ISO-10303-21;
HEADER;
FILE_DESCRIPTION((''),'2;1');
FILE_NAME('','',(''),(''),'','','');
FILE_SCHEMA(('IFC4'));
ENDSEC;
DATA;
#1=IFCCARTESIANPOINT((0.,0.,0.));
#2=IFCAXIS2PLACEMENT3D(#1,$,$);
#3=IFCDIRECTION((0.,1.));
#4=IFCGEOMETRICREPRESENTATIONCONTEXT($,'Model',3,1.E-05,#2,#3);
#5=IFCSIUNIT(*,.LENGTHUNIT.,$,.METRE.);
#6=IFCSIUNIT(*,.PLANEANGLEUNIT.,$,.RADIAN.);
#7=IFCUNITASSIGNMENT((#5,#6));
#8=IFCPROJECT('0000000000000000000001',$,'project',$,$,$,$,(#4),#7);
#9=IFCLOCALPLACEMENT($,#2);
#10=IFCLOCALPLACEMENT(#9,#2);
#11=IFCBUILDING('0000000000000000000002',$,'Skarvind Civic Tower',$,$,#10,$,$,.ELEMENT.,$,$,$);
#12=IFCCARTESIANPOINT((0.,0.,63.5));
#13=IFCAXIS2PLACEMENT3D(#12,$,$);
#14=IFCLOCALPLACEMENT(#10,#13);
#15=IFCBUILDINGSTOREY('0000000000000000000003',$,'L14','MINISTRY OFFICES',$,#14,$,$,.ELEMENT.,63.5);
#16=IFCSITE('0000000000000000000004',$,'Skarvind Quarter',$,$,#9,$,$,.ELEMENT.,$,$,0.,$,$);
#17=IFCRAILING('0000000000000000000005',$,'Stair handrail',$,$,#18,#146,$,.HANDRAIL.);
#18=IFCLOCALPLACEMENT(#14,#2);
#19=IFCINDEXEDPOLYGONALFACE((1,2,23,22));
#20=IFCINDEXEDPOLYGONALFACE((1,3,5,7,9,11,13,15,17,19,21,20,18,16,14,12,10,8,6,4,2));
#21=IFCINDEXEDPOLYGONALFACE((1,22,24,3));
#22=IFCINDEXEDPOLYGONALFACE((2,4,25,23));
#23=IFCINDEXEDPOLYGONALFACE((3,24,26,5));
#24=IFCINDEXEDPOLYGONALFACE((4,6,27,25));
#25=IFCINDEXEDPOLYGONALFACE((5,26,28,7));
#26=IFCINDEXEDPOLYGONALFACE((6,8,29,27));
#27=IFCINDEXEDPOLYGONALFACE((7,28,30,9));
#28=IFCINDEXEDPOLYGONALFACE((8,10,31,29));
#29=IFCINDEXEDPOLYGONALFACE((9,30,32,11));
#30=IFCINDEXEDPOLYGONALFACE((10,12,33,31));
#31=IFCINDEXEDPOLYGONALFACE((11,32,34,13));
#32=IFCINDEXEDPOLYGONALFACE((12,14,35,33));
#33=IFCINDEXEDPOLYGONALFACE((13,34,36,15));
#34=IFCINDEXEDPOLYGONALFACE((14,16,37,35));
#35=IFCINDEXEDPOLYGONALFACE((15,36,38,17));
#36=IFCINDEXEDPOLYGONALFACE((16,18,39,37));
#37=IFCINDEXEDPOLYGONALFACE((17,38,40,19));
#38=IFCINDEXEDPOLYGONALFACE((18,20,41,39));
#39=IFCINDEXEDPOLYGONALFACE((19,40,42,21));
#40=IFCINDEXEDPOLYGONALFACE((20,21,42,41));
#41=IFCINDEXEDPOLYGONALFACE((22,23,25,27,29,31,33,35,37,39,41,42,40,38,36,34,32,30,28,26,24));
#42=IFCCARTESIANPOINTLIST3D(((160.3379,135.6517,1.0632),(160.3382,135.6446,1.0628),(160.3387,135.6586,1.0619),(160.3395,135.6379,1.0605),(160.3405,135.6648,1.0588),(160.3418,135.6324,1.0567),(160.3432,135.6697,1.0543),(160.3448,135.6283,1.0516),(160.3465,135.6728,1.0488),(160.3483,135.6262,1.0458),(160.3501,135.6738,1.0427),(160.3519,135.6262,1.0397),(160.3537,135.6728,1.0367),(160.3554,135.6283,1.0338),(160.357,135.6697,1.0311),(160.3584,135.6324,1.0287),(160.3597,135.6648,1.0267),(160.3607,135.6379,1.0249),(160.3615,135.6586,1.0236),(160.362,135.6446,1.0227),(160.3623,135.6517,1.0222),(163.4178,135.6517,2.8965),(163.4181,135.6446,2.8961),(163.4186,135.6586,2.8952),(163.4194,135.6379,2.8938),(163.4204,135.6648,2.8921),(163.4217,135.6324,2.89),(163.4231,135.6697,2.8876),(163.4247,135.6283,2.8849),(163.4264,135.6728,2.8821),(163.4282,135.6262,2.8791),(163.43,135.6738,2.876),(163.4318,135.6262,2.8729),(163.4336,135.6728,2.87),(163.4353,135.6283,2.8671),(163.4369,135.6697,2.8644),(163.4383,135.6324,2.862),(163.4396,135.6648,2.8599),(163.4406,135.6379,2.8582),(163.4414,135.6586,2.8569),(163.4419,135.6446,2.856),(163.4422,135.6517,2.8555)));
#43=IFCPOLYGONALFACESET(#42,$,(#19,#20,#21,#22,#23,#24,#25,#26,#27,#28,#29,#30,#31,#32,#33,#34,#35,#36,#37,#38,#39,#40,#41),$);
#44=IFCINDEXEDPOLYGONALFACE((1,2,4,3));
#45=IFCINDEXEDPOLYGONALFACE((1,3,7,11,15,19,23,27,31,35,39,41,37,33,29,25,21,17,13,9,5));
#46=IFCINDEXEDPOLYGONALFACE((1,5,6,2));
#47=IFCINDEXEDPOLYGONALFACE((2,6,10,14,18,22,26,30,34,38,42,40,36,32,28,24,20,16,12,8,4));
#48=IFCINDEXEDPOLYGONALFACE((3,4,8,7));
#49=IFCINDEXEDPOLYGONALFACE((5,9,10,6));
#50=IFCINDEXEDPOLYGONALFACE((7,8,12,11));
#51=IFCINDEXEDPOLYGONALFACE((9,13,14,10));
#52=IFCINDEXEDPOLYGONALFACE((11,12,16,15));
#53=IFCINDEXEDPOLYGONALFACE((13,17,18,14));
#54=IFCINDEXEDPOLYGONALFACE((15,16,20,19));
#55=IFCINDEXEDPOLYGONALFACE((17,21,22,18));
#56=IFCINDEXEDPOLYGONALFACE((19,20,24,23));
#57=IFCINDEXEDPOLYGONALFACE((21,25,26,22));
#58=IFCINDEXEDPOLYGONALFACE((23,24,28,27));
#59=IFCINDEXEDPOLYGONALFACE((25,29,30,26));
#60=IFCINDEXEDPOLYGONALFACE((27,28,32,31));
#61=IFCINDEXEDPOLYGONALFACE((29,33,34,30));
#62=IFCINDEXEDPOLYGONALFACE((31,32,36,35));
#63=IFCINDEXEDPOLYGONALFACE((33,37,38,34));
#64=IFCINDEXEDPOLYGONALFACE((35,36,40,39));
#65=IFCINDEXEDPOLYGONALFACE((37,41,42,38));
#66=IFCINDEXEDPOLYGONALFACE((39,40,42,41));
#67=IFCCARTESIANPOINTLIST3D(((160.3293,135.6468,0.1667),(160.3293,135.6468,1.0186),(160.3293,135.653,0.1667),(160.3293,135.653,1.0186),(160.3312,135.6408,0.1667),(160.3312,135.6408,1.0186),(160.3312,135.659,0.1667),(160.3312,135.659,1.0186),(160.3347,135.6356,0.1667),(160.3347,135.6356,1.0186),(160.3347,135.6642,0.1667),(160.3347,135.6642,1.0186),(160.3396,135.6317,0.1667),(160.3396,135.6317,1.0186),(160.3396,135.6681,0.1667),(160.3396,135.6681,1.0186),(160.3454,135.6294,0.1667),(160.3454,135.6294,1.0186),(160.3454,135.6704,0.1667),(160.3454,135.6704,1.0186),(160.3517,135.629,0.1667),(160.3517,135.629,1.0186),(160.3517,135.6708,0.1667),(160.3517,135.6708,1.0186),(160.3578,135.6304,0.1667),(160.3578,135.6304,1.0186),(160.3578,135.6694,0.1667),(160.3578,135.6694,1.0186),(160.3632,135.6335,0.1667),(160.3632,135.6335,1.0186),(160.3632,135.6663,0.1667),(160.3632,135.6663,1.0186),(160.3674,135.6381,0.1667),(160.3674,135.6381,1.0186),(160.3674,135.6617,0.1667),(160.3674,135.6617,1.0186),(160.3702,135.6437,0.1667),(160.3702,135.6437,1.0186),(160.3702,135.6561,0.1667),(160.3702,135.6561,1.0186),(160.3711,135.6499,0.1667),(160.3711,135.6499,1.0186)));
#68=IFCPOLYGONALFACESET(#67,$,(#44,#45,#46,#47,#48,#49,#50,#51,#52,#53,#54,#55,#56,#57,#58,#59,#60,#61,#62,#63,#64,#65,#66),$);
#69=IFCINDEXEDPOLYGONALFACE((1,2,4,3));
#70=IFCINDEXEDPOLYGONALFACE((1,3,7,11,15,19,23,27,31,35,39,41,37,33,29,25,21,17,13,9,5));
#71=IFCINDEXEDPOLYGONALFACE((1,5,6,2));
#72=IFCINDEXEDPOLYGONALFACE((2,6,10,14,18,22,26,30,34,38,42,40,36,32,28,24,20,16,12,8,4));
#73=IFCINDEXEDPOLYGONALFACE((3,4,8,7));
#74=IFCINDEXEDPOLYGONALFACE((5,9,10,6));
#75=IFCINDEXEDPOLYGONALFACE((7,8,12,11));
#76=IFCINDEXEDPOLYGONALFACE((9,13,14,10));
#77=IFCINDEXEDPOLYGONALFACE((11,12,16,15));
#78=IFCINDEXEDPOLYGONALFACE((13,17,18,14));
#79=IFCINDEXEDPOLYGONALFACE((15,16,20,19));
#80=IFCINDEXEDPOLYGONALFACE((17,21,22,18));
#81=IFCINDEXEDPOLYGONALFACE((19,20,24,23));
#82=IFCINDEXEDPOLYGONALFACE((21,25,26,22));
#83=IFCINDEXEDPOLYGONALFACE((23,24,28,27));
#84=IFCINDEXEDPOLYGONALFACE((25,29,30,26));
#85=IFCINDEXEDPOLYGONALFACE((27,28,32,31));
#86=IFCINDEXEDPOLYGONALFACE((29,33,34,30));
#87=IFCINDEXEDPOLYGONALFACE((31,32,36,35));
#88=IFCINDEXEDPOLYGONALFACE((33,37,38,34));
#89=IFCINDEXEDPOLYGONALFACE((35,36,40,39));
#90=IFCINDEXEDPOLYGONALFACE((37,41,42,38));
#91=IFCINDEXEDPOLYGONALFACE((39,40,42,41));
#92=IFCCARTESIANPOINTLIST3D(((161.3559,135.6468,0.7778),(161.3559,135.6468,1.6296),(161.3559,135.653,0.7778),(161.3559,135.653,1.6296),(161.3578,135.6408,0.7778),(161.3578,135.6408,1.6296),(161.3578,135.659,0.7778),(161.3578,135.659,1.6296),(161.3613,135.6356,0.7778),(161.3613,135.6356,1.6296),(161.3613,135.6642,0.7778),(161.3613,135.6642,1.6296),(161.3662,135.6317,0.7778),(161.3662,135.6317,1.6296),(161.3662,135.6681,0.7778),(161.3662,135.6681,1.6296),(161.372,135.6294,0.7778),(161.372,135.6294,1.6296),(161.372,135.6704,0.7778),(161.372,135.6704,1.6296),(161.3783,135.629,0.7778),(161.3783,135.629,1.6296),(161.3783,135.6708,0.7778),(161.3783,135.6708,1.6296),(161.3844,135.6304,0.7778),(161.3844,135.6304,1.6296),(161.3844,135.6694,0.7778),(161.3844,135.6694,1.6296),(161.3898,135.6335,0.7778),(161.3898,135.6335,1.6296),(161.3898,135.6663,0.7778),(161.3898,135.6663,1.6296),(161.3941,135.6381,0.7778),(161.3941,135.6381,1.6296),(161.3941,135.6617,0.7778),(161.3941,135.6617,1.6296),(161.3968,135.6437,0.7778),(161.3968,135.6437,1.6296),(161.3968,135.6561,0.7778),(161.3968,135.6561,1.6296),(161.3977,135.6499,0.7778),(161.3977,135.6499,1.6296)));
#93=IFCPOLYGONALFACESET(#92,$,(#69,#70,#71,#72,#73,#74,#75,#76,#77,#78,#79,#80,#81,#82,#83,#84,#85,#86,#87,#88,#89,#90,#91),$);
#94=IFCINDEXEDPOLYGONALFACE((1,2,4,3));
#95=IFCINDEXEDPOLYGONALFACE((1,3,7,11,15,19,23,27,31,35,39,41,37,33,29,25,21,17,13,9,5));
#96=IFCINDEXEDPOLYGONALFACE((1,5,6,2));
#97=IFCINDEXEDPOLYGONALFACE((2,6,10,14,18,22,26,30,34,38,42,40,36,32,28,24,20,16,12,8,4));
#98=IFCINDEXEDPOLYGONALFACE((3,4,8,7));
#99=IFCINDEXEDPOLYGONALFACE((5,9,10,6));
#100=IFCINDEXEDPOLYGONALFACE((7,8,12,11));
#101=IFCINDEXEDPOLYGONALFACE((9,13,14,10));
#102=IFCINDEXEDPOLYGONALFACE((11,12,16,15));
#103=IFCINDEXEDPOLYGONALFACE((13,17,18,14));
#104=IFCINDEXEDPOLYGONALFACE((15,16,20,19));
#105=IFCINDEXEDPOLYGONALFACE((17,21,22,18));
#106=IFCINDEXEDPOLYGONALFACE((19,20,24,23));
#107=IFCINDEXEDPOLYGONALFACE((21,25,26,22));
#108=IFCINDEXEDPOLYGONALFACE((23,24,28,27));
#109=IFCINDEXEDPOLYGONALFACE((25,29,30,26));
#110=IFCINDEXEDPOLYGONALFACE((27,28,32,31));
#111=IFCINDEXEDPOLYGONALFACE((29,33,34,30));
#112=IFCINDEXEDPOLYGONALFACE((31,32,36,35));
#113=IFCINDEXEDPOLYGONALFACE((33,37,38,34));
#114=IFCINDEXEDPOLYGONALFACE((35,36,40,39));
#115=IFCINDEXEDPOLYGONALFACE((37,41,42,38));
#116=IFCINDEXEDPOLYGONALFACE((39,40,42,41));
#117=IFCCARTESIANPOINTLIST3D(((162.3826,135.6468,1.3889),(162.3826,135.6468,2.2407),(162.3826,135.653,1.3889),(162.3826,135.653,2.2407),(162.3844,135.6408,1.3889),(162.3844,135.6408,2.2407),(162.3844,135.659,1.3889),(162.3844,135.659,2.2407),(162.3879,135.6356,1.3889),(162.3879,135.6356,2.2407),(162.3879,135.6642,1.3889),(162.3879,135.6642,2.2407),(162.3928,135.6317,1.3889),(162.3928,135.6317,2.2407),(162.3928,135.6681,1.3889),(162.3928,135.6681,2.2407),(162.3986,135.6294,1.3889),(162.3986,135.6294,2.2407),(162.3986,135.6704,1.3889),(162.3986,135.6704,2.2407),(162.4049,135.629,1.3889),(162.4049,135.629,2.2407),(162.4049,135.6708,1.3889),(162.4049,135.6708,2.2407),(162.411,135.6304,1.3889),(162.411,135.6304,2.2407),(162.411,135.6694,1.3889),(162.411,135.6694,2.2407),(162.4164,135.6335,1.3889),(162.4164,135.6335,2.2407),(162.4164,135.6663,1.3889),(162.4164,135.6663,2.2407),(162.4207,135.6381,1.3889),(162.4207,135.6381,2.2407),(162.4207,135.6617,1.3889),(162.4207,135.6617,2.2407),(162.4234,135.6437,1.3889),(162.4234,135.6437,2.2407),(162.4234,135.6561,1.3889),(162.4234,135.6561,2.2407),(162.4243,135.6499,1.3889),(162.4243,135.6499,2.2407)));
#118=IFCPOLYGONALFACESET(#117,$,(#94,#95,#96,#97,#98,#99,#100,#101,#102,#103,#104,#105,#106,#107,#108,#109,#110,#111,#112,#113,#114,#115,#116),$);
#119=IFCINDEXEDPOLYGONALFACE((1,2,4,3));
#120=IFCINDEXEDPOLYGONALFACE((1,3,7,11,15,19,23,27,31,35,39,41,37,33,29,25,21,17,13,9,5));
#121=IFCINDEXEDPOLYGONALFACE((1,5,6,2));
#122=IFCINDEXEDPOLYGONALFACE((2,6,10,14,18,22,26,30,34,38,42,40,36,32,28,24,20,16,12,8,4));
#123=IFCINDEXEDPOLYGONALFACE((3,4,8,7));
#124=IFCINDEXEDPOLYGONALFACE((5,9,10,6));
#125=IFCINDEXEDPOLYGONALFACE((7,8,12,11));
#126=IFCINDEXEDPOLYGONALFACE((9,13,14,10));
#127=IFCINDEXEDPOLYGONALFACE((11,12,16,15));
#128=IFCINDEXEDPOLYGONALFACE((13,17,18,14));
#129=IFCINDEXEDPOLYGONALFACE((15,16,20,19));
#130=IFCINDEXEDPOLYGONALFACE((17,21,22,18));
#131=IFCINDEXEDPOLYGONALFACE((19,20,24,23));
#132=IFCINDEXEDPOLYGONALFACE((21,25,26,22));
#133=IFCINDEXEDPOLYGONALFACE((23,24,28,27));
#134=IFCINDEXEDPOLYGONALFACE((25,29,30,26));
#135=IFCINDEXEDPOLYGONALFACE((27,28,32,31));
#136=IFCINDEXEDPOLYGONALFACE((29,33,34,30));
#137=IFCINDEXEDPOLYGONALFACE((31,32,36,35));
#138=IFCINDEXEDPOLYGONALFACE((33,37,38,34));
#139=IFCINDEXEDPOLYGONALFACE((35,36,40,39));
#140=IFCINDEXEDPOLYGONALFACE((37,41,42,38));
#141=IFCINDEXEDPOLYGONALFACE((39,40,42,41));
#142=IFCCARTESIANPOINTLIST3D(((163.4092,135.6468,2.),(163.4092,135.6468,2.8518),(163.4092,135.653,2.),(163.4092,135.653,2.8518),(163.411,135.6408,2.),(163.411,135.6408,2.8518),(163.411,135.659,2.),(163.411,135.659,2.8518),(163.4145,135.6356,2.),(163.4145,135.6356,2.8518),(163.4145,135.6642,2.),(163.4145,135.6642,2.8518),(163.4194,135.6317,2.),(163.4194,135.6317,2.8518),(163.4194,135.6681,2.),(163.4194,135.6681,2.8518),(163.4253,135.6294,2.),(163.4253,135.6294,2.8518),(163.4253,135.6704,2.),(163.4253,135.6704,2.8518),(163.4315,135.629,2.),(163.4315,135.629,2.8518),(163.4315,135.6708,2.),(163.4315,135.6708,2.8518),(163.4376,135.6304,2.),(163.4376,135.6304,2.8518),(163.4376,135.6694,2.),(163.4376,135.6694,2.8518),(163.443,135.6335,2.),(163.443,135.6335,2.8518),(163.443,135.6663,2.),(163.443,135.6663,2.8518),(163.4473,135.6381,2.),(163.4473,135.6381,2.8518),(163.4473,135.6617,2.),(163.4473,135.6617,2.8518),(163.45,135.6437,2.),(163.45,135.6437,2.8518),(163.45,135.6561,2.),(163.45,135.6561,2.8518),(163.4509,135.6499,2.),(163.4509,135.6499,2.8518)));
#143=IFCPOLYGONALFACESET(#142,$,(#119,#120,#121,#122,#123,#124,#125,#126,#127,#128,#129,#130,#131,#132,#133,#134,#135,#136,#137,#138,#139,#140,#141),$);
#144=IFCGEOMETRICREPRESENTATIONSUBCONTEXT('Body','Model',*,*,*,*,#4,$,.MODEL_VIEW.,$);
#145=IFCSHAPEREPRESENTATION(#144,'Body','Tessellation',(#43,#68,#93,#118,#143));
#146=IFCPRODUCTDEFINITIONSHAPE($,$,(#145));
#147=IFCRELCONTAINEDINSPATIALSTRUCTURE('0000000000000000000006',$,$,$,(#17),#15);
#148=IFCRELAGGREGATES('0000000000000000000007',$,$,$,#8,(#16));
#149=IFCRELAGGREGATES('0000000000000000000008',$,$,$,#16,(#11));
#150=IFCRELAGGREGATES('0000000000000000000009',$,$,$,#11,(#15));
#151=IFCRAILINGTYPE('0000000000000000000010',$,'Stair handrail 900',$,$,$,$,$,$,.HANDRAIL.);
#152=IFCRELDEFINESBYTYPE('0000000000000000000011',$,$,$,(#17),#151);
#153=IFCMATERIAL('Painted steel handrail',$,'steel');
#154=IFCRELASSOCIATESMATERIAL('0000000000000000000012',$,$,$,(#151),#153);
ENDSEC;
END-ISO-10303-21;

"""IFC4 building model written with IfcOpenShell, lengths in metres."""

from ifc_helpers import new_model, si_unit, direction, frame, origin, origin_2d, place, context, subcontext, project, spatial, circle, extrude, material, type_object, element, save


model = new_model("IFC4")

# Units and contexts
model_context = context("Model", 3, precision=1e-05, world=origin(), true_north=direction((0.0, 1.0)))
body_context = subcontext(model_context, "Body", "Model", "MODEL_VIEW")
ifc_project = project(units=[si_unit("LENGTHUNIT", "METRE"), si_unit("PLANEANGLEUNIT", "RADIAN")], contexts=[model_context])

# Site, building, storey
site_placement = place(None, origin())
site = spatial("IfcSite", under=ifc_project, at=site_placement, Name="Skarvind Quarter", CompositionType="ELEMENT", RefElevation=0.0)
building_placement = place(site_placement, origin())
building = spatial("IfcBuilding", under=site, at=building_placement, Name="Skarvind Civic Tower", CompositionType="ELEMENT")
storey_placement = place(building_placement, frame((0.0, 0.0, 63.5)))
storey = spatial("IfcBuildingStorey", under=building, at=storey_placement, Name="L14", Description="MINISTRY OFFICES", CompositionType="ELEMENT", Elevation=63.5)

# Railing
ifc_material_1 = material(Name="Painted steel handrail", Category="steel")
railing_type = type_object("IfcRailingType", Name="Stair handrail 900", PredefinedType="HANDRAIL", material=ifc_material_1)
railing_1_placement = place(storey_placement, frame((160.3501, 135.6499, 0.1667)))
element("IfcRailing", 1, at=railing_1_placement, inside=storey, type_object=railing_type, Name="Stair handrail", PredefinedType="HANDRAIL", context=body_context, shape_type="SweptSolid", body=[
    extrude(circle(Radius=0.0239, at=origin_2d()), frame((0.0, 0.0, 0.876), z_axis=(0.859291, 0.0, 0.511487), x_axis=(0.0, 1.0, 0.0)), (0.0, 0.0, 1.0), 3.5842),
    extrude(circle(Radius=0.021, at=origin_2d()), origin(), (0.0, 0.0, 1.0), 0.8518),
    extrude(circle(Radius=0.021, at=origin_2d()), frame((1.0266, 0.0, 0.6111)), (0.0, 0.0, 1.0), 0.8518),
    extrude(circle(Radius=0.021, at=origin_2d()), frame((2.0532, 0.0, 1.2222)), (0.0, 0.0, 1.0), 0.8518),
    extrude(circle(Radius=0.021, at=origin_2d()), frame((3.0798, 0.0, 1.8333)), (0.0, 0.0, 1.0), 0.8518),
])

save(model, "model.ifc")
